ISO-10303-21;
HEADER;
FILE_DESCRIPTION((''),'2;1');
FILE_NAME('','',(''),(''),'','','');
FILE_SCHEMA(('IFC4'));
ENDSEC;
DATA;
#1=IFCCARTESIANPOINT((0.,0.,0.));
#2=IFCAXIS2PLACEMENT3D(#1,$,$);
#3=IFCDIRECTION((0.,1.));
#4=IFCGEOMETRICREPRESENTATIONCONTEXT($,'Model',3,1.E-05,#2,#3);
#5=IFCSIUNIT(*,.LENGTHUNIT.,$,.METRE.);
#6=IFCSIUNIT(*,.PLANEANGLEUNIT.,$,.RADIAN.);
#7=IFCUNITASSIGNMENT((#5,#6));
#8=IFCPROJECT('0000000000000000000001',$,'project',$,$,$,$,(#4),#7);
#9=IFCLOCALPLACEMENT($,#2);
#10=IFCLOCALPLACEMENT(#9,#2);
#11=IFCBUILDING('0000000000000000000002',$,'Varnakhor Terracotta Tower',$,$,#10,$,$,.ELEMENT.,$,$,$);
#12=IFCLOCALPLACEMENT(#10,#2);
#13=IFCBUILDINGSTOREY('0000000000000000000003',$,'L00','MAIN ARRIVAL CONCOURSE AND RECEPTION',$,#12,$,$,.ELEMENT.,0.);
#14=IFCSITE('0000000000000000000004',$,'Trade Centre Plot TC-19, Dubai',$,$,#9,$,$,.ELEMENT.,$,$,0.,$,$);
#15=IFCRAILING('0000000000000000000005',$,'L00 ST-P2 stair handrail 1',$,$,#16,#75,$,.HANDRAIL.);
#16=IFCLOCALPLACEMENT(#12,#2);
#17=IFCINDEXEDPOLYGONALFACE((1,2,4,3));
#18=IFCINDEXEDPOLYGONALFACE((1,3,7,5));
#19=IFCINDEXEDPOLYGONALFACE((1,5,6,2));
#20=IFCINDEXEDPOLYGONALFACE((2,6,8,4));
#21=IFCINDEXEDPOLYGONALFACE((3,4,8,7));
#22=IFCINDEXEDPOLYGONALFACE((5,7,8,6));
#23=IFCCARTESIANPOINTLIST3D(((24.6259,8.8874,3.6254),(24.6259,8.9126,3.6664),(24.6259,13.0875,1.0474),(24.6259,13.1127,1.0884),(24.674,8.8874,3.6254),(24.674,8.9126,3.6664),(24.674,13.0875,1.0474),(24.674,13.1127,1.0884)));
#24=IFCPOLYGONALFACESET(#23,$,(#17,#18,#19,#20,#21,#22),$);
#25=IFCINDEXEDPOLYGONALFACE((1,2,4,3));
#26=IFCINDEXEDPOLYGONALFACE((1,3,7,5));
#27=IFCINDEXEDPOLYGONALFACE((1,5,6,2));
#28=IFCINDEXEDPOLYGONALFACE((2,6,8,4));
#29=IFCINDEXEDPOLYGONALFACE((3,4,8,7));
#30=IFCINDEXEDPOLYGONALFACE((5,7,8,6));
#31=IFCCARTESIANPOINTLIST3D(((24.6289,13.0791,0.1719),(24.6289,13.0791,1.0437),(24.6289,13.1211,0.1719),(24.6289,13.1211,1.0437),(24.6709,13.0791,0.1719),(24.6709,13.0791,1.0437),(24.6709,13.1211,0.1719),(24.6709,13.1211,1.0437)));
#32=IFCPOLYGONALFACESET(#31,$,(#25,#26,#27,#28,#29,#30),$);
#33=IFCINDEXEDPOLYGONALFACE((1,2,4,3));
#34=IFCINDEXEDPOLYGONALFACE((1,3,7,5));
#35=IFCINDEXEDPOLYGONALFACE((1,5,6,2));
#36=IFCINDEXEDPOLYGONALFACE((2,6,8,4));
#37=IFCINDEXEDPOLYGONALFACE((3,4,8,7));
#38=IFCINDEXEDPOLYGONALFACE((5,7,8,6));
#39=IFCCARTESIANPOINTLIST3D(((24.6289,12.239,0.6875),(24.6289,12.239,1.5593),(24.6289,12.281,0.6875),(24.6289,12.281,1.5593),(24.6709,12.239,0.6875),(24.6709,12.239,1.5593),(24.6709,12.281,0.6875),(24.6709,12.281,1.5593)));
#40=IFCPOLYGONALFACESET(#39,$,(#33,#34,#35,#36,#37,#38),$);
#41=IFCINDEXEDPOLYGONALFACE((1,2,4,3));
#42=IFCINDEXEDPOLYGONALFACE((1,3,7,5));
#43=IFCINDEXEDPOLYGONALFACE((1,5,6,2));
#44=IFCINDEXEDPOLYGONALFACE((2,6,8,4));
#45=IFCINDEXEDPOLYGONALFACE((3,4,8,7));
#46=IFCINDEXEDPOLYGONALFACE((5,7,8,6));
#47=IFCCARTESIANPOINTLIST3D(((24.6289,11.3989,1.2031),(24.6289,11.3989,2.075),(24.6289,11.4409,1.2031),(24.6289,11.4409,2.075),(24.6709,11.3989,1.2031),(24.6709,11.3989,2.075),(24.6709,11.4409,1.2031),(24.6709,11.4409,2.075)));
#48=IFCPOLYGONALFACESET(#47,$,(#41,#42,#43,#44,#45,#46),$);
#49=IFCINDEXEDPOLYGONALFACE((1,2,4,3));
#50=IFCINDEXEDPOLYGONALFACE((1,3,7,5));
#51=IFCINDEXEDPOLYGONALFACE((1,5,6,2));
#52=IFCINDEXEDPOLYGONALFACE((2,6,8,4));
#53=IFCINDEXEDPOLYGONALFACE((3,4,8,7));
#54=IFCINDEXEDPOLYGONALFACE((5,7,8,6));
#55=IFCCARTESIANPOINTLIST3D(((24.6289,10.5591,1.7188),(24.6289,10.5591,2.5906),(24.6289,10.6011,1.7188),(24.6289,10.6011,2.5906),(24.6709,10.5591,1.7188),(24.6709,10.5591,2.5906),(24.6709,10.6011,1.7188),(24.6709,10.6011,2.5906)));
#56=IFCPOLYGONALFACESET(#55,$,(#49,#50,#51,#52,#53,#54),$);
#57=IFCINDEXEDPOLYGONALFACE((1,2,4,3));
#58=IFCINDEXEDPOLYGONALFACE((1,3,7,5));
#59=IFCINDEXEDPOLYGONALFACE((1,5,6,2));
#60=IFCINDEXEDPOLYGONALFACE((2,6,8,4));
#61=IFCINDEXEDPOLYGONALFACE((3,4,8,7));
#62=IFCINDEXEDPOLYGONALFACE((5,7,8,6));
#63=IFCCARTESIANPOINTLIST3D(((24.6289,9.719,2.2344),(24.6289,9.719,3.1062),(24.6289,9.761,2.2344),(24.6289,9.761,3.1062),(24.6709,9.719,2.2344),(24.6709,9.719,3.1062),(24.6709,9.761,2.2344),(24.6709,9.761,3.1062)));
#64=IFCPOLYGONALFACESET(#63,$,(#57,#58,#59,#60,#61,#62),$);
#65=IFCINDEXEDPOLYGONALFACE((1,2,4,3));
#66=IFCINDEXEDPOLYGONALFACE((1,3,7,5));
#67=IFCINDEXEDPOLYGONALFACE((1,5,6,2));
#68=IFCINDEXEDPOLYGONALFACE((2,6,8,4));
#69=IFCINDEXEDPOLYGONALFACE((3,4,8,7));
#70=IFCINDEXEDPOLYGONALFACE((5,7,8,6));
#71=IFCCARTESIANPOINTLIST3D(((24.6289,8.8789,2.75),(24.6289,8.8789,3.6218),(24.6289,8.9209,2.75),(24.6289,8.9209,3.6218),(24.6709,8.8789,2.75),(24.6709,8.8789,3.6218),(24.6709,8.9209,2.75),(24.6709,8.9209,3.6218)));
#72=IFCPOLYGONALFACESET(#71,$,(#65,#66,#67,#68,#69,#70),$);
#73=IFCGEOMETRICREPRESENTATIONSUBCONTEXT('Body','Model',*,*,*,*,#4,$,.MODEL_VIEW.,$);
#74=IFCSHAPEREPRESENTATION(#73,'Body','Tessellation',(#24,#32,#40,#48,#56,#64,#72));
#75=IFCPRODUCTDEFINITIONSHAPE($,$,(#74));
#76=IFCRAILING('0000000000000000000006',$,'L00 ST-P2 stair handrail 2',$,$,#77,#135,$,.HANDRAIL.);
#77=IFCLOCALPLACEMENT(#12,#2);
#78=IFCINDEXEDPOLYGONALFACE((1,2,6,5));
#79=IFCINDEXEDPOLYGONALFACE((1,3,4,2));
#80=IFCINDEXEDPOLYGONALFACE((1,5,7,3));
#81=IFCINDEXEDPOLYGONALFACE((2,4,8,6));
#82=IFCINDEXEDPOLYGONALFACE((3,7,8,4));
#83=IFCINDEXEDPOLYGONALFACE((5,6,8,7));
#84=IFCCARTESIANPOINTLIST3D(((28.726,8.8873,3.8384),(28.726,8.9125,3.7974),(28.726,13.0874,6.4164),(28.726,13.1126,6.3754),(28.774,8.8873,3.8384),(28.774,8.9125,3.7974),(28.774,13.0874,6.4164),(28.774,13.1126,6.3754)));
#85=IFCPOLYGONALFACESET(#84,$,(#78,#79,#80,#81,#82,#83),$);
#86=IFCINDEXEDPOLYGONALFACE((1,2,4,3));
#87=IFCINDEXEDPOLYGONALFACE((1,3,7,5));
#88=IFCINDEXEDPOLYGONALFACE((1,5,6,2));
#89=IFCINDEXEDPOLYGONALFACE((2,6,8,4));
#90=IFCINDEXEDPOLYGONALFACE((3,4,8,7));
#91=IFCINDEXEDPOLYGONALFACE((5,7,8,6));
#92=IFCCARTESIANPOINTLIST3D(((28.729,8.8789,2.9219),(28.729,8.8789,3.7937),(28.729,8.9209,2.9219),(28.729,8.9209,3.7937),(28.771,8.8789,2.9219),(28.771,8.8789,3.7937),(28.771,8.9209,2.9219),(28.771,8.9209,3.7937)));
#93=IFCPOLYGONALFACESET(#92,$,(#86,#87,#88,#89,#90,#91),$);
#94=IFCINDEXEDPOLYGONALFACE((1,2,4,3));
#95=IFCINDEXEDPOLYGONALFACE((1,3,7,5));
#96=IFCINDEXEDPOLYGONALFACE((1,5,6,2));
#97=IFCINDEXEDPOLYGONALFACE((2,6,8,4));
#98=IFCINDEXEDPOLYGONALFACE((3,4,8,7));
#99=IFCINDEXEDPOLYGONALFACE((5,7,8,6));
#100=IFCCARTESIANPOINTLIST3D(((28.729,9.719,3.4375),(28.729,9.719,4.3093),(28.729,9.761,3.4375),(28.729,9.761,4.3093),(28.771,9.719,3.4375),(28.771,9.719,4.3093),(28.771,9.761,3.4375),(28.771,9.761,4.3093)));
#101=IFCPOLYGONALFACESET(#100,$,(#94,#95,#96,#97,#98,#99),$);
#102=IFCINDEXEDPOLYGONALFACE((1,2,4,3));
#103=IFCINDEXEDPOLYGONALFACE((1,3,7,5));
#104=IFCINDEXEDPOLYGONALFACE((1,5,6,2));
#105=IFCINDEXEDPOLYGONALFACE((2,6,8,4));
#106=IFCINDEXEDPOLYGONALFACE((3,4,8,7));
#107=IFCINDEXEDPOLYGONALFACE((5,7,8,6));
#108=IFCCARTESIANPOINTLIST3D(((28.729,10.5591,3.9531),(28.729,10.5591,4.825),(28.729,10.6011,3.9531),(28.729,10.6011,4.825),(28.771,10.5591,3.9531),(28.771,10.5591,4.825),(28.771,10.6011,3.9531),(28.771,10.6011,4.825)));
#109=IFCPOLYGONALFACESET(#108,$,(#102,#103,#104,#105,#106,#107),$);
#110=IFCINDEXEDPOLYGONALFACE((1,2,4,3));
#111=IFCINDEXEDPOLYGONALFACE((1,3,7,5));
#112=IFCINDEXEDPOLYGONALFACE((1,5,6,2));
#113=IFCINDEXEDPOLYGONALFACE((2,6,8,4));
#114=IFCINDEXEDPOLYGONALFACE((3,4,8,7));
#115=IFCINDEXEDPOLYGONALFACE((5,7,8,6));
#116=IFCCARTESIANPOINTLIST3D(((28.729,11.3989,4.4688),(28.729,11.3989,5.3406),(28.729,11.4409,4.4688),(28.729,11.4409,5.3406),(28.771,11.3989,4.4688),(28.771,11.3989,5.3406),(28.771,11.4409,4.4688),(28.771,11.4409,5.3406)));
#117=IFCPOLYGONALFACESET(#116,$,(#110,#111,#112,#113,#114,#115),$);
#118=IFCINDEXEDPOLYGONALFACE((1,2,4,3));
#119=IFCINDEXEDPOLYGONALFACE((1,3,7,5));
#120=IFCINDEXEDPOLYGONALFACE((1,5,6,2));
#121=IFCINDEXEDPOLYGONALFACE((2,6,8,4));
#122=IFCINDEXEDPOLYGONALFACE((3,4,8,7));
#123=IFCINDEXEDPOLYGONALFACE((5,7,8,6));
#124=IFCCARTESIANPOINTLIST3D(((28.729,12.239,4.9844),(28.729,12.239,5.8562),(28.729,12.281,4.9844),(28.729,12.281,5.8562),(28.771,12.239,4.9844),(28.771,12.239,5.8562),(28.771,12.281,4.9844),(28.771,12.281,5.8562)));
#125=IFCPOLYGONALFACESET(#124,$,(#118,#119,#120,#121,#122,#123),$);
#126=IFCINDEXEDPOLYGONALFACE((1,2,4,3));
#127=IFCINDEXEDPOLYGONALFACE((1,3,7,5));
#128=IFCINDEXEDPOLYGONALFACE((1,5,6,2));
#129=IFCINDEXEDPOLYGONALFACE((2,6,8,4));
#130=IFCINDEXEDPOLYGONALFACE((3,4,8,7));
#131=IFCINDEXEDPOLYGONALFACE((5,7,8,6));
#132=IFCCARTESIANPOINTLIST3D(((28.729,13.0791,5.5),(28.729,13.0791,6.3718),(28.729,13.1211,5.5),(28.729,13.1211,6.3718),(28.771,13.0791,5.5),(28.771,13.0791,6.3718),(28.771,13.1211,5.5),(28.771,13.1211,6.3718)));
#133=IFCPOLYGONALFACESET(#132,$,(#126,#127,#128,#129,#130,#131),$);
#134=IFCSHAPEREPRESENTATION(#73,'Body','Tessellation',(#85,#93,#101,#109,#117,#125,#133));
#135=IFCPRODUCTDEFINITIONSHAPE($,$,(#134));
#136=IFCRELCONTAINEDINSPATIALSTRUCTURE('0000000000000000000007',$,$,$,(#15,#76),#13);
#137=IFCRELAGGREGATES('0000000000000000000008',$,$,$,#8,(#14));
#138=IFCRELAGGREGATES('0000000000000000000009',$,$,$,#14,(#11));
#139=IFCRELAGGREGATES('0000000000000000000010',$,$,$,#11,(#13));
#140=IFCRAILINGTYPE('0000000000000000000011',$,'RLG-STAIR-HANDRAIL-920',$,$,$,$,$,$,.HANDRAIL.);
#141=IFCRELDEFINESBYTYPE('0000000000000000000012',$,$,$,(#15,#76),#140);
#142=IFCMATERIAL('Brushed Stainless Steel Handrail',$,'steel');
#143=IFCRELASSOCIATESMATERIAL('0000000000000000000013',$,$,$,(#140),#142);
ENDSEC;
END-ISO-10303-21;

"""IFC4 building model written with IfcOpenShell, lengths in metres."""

from ifc_helpers import new_model, si_unit, direction, frame, origin, origin_2d, place, context, subcontext, project, spatial, rectangle, extrude, material, type_object, element, save


model = new_model("IFC4")

# Units and contexts
model_context = context("Model", 3, precision=1e-05, world=origin(), true_north=direction((0.0, 1.0)))
body_context = subcontext(model_context, "Body", "Model", "MODEL_VIEW")
ifc_project = project(units=[si_unit("LENGTHUNIT", "METRE"), si_unit("PLANEANGLEUNIT", "RADIAN")], contexts=[model_context])

# Site, building, storey
site_placement = place(None, origin())
site = spatial("IfcSite", under=ifc_project, at=site_placement, Name="Trade Centre Plot TC-19, Dubai", CompositionType="ELEMENT", RefElevation=0.0)
building_placement = place(site_placement, origin())
building = spatial("IfcBuilding", under=site, at=building_placement, Name="Varnakhor Terracotta Tower", CompositionType="ELEMENT")
storey_placement = place(building_placement, origin())
storey = spatial("IfcBuildingStorey", under=building, at=storey_placement, Name="L00", Description="MAIN ARRIVAL CONCOURSE AND RECEPTION", CompositionType="ELEMENT", Elevation=0.0)

# Railings
ifc_material_1 = material(Name="Brushed Stainless Steel Handrail", Category="steel")
railing_type_1 = type_object("IfcRailingType", Name="RLG-STAIR-HANDRAIL-920", PredefinedType="HANDRAIL", material=ifc_material_1)
railing_1_placement = place(storey_placement, frame((24.6499, 13.1001, 0.1719)))
element("IfcRailing", 1, at=railing_1_placement, inside=storey, type_object=railing_type_1, Name="L00 ST-P2 stair handrail 1", PredefinedType="HANDRAIL", context=body_context, shape_type="SweptSolid", body=[
    extrude(rectangle(XDim=0.0481, YDim=0.0481, at=origin_2d()), frame((0.0, 0.0, 0.896), z_axis=(0.0, -0.852256, 0.523124), x_axis=(1.0, 0.0, 0.0)), (0.0, 0.0, 1.0), 4.9282),
    extrude(rectangle(XDim=0.042, YDim=0.042, at=origin_2d()), origin(), (0.0, 0.0, 1.0), 0.8718),
    extrude(rectangle(XDim=0.042, YDim=0.042, at=origin_2d()), frame((0.0, -0.8401, 0.5156)), (0.0, 0.0, 1.0), 0.8718),
    extrude(rectangle(XDim=0.042, YDim=0.042, at=origin_2d()), frame((0.0, -1.6802, 1.0312)), (0.0, 0.0, 1.0), 0.8718),
    extrude(rectangle(XDim=0.042, YDim=0.042, at=origin_2d()), frame((0.0, -2.52, 1.5469)), (0.0, 0.0, 1.0), 0.8718),
    extrude(rectangle(XDim=0.042, YDim=0.042, at=origin_2d()), frame((0.0, -3.3601, 2.0625)), (0.0, 0.0, 1.0), 0.8718),
    extrude(rectangle(XDim=0.042, YDim=0.042, at=origin_2d()), frame((0.0, -4.2002, 2.5781)), (0.0, 0.0, 1.0), 0.8718),
])
railing_2_placement = place(storey_placement, frame((28.75, 8.8999, 2.9219)))
element("IfcRailing", 2, at=railing_2_placement, inside=storey, type_object=railing_type_1, Name="L00 ST-P2 stair handrail 2", PredefinedType="HANDRAIL", context=body_context, shape_type="SweptSolid", body=[
    extrude(rectangle(XDim=0.0481, YDim=0.0481, at=origin_2d()), frame((0.0, 0.0, 0.896), z_axis=(0.0, 0.852256, 0.523124), x_axis=(-1.0, 0.0, 0.0)), (0.0, 0.0, 1.0), 4.9282),
    extrude(rectangle(XDim=0.042, YDim=0.042, at=origin_2d()), origin(), (0.0, 0.0, 1.0), 0.8718),
    extrude(rectangle(XDim=0.042, YDim=0.042, at=origin_2d()), frame((0.0, 0.8401, 0.5156)), (0.0, 0.0, 1.0), 0.8718),
    extrude(rectangle(XDim=0.042, YDim=0.042, at=origin_2d()), frame((0.0, 1.6802, 1.0312)), (0.0, 0.0, 1.0), 0.8718),
    extrude(rectangle(XDim=0.042, YDim=0.042, at=origin_2d()), frame((0.0, 2.52, 1.5469)), (0.0, 0.0, 1.0), 0.8718),
    extrude(rectangle(XDim=0.042, YDim=0.042, at=origin_2d()), frame((0.0, 3.3601, 2.0625)), (0.0, 0.0, 1.0), 0.8718),
    extrude(rectangle(XDim=0.042, YDim=0.042, at=origin_2d()), frame((0.0, 4.2002, 2.5781)), (0.0, 0.0, 1.0), 0.8718),
])

save(model, "model.ifc")
